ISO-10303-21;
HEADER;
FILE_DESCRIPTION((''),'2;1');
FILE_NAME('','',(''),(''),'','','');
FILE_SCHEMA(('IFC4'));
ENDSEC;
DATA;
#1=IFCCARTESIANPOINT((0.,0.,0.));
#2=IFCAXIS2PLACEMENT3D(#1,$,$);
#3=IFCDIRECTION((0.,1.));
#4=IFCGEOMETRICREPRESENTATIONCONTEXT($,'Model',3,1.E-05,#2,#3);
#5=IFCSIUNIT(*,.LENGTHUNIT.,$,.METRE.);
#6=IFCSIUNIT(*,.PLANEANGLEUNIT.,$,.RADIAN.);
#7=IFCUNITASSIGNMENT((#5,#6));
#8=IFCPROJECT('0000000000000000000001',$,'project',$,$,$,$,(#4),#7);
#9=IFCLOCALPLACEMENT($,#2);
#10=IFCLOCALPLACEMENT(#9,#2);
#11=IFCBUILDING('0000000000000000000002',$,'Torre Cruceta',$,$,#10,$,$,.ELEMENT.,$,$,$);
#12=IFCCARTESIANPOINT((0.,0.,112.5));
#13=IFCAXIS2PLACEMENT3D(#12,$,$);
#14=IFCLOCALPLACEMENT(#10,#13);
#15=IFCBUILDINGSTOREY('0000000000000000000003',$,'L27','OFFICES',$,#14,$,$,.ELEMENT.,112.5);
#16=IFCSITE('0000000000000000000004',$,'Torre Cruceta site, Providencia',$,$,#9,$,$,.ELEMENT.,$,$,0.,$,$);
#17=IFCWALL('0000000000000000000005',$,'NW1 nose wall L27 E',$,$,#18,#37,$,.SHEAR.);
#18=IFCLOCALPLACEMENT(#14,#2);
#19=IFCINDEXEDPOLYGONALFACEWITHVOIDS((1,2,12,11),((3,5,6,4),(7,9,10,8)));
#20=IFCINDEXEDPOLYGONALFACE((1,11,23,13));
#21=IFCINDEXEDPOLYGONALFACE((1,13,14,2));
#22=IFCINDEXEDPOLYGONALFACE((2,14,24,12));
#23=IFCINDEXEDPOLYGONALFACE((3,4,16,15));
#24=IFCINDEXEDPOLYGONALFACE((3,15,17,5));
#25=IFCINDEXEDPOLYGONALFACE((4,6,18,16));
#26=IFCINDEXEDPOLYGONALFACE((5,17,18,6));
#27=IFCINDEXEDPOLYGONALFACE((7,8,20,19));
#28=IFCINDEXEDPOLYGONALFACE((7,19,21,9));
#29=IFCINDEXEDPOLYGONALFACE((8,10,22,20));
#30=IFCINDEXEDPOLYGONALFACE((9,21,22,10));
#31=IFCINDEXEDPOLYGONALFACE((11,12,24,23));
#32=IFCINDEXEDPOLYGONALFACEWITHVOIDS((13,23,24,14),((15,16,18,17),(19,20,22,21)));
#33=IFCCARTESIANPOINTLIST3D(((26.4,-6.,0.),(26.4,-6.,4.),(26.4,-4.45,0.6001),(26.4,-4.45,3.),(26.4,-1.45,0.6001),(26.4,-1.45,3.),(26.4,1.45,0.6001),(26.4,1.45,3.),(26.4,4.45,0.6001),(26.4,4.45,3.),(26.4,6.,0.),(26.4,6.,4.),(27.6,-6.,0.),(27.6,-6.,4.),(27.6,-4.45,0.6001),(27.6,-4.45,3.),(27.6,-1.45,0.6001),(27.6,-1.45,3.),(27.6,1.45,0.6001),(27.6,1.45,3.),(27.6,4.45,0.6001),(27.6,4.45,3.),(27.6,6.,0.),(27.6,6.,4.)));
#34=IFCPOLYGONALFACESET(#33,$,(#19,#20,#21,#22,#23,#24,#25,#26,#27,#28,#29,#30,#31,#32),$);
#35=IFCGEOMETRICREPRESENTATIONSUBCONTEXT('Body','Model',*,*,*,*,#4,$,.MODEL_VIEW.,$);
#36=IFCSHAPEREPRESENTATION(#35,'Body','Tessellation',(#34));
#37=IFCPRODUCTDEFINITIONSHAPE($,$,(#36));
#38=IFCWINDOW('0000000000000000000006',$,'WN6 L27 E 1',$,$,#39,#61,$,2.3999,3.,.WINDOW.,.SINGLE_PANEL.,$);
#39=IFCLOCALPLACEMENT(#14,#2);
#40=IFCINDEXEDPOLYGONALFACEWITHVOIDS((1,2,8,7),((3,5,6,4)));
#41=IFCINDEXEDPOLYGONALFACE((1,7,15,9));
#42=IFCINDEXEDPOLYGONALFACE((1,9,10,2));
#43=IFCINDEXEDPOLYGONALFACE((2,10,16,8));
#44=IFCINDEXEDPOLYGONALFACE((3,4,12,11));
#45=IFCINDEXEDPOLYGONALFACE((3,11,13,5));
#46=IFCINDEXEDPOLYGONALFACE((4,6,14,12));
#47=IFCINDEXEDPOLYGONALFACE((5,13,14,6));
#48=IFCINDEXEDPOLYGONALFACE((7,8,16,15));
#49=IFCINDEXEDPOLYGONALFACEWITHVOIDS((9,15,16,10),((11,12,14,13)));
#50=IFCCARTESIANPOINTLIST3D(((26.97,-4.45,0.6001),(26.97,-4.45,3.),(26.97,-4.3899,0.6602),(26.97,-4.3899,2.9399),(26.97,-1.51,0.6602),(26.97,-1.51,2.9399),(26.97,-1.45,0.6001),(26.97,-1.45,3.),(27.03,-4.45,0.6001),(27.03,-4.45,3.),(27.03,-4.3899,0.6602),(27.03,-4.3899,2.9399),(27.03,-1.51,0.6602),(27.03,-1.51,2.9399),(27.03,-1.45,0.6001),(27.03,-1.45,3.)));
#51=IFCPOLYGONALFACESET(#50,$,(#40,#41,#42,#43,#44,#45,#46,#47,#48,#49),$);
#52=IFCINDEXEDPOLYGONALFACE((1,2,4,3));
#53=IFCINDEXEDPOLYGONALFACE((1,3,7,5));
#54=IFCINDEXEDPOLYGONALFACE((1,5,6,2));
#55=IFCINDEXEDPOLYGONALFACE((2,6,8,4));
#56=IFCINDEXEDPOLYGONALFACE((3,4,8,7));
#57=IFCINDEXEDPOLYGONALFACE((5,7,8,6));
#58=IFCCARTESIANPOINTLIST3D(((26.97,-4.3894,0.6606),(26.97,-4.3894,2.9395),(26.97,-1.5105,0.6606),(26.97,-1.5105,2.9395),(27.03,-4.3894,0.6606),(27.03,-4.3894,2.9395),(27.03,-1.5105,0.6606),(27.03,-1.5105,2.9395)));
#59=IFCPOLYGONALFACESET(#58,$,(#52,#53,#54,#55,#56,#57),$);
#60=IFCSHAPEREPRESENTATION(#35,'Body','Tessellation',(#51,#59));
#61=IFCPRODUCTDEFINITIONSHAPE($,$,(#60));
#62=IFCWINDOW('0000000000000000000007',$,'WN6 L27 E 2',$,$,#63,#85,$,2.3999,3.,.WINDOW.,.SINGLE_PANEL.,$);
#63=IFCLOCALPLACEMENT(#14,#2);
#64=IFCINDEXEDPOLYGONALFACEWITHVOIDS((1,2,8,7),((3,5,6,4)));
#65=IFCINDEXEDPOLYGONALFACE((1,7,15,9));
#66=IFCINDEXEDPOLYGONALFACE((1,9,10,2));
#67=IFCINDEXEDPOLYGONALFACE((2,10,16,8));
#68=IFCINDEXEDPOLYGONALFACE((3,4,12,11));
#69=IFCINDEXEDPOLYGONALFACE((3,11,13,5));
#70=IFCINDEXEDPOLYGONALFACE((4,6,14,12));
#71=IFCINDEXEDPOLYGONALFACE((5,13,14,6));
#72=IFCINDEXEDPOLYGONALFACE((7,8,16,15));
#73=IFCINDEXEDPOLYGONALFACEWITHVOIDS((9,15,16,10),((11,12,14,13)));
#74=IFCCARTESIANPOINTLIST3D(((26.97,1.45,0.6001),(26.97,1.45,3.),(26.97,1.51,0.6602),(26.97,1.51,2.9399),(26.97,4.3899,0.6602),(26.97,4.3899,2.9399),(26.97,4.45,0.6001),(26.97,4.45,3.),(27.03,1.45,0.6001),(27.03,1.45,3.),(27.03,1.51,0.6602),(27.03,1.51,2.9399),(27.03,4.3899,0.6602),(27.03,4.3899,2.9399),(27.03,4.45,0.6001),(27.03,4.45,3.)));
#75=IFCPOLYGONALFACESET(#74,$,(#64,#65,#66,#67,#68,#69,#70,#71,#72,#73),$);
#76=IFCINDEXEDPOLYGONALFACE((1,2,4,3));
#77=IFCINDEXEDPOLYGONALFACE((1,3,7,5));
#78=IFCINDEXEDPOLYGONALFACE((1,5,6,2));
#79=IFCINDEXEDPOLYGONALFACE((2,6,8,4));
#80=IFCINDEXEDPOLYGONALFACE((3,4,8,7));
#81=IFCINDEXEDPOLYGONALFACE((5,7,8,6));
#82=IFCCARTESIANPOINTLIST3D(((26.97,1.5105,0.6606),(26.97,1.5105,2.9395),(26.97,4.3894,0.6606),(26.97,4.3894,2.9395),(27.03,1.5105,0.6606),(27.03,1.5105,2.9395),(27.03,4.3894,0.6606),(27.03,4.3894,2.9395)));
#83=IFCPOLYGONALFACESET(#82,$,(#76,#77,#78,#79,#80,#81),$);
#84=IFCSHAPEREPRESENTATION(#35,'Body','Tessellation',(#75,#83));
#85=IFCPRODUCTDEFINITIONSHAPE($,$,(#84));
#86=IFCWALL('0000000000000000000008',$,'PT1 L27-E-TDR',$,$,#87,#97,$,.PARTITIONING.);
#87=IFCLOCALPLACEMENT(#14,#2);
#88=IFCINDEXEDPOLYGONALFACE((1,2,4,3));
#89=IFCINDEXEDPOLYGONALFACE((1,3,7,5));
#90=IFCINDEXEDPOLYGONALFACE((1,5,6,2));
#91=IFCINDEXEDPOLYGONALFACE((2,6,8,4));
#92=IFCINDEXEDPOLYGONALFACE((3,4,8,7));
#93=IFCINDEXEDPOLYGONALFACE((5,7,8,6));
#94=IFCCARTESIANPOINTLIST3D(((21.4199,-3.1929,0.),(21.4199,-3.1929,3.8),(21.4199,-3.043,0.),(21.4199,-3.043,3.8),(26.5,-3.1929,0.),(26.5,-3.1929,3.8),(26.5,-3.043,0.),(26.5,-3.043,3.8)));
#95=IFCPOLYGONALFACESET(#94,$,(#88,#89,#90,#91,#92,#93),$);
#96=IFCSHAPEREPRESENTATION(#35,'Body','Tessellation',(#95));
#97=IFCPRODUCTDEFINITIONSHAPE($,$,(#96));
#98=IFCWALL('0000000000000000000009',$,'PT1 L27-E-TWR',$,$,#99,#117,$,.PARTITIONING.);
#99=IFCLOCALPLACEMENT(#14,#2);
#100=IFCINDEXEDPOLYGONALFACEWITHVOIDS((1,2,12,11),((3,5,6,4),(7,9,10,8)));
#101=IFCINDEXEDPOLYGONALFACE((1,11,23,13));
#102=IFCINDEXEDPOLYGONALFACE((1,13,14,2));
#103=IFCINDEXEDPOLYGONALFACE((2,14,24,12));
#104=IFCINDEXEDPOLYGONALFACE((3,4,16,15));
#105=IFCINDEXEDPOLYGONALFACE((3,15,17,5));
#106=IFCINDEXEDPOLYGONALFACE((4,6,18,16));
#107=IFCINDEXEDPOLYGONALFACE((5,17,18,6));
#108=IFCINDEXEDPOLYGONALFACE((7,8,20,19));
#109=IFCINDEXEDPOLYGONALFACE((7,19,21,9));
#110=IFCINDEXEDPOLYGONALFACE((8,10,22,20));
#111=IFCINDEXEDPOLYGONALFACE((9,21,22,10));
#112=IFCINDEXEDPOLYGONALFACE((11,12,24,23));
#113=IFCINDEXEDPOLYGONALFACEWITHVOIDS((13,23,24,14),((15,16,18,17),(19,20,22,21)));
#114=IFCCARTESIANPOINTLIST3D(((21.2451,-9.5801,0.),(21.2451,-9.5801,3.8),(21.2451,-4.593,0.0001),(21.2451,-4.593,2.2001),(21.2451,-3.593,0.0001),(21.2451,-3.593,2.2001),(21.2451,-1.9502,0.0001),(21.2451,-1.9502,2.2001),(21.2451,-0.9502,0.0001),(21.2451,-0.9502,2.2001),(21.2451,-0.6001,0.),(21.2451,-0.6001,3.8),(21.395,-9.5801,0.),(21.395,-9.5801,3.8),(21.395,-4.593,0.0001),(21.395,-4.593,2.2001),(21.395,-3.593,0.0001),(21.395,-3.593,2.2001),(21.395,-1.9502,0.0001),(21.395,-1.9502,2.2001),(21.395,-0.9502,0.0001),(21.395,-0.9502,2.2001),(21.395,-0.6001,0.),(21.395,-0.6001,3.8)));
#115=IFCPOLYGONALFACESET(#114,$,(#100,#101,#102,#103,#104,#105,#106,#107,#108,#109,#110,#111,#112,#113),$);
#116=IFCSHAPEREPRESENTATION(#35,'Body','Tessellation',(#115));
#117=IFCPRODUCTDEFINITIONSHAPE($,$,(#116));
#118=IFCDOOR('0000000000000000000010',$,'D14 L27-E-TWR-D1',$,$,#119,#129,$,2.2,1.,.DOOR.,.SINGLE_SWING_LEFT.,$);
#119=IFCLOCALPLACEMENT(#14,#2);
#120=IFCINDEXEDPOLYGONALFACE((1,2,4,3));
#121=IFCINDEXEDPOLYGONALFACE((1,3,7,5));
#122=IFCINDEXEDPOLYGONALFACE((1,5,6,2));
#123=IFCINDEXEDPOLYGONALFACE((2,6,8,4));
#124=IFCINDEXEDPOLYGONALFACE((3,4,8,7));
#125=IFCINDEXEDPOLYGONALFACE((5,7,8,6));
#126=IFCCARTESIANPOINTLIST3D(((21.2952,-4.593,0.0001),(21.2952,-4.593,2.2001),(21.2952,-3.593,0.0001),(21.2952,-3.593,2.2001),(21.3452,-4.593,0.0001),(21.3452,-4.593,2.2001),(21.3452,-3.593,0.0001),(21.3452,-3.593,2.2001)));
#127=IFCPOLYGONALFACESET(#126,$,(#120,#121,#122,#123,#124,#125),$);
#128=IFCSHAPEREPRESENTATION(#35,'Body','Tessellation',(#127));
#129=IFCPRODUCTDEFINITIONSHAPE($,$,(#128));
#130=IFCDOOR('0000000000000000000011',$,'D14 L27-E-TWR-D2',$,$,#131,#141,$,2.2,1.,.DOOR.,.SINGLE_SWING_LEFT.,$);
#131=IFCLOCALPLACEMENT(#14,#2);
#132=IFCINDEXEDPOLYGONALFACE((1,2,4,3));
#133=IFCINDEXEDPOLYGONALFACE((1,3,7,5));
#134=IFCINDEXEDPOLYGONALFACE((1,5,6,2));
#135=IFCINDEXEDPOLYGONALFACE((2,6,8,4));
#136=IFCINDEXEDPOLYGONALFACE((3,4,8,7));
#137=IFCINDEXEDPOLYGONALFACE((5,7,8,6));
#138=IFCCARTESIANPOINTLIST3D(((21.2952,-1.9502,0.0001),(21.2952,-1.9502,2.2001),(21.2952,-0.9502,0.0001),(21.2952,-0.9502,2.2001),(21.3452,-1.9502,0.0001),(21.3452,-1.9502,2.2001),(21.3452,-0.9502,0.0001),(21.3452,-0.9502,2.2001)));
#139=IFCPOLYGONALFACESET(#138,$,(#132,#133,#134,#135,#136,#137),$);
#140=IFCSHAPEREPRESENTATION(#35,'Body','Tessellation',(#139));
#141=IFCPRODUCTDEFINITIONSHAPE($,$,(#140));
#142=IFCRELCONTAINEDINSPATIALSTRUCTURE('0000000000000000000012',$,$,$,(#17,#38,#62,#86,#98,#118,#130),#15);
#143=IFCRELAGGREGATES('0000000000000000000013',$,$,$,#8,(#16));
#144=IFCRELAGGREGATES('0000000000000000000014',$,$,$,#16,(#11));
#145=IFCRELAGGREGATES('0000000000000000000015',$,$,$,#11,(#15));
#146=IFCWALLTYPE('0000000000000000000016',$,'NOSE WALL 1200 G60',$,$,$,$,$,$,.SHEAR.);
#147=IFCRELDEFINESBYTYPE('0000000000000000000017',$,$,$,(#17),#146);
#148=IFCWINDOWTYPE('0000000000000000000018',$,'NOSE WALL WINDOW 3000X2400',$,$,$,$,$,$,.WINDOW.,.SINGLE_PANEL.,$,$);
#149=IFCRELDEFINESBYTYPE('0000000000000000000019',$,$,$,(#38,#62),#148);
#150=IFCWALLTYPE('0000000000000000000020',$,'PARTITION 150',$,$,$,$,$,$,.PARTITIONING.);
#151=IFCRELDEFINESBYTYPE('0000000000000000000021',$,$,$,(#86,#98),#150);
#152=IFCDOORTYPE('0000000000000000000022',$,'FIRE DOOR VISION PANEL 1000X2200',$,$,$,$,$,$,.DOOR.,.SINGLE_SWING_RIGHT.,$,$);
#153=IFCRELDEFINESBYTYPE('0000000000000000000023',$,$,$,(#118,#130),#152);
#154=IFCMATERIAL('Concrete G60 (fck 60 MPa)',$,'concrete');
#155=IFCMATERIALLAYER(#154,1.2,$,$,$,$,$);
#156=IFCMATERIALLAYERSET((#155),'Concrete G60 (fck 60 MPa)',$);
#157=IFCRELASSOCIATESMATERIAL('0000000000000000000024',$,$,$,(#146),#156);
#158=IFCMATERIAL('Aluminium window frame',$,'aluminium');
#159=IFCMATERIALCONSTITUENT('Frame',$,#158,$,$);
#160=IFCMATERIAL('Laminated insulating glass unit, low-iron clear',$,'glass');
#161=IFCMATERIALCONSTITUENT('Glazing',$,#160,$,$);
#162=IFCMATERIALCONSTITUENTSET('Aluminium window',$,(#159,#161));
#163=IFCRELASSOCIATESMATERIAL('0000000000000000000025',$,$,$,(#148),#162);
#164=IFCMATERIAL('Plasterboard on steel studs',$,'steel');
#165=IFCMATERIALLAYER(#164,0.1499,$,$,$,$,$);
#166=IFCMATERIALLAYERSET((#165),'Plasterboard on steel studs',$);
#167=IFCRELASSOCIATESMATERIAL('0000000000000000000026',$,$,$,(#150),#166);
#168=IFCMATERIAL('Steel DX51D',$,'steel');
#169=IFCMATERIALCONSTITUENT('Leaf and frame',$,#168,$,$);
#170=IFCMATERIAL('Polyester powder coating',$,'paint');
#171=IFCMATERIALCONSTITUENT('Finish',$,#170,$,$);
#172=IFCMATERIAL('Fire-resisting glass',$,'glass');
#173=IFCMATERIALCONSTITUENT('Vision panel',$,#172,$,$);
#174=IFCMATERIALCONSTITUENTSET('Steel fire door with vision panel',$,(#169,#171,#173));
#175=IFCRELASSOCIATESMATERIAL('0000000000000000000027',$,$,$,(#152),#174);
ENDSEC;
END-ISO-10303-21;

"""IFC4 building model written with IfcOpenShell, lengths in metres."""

from ifc_helpers import new_model, si_unit, direction, frame, frame_2d, origin, place, context, subcontext, project, spatial, rectangle, hollow_rectangle, extrude, material, layer, layer_set, constituent, constituent_set, type_object, element, fill, save


model = new_model("IFC4")

# Units and contexts
model_context = context("Model", 3, precision=1e-05, world=origin(), true_north=direction((0.0, 1.0)))
body_context = subcontext(model_context, "Body", "Model", "MODEL_VIEW")
ifc_project = project(units=[si_unit("LENGTHUNIT", "METRE"), si_unit("PLANEANGLEUNIT", "RADIAN")], contexts=[model_context])

# Site, building, storey
site_placement = place(None, origin())
site = spatial("IfcSite", under=ifc_project, at=site_placement, Name="Torre Cruceta site, Providencia", CompositionType="ELEMENT", RefElevation=0.0)
building_placement = place(site_placement, origin())
building = spatial("IfcBuilding", under=site, at=building_placement, Name="Torre Cruceta", CompositionType="ELEMENT")
storey_placement = place(building_placement, frame((0.0, 0.0, 112.5)))
storey = spatial("IfcBuildingStorey", under=building, at=storey_placement, Name="L27", Description="OFFICES", CompositionType="ELEMENT", Elevation=112.5)

# Wall, openings, windows
ifc_material_1 = material(Name="Concrete G60 (fck 60 MPa)", Category="concrete")
ifc_layer_1 = layer(ifc_material_1, 1.2)
ifc_layer_set_1 = layer_set([ifc_layer_1], Name="Concrete G60 (fck 60 MPa)")
wall_type_1 = type_object("IfcWallType", Name="NOSE WALL 1200 G60", PredefinedType="SHEAR", material=ifc_layer_set_1)
wall_1_placement = place(storey_placement, frame((27.0, -6.0, 0.0), z_axis=(0.0, 0.0, 1.0), x_axis=(0.0, 1.0, 0.0)))
wall_1 = element("IfcWall", 1, at=wall_1_placement, inside=storey, type_object=wall_type_1, Name="NW1 nose wall L27 E", PredefinedType="SHEAR", context=body_context, shape_type="SweptSolid", body=[
    extrude(rectangle(XDim=12.0, YDim=1.2, at=frame_2d((6.0, 0.0))), origin(), (0.0, 0.0, 1.0), 4.0),
])
opening_1_placement = place(wall_1_placement, frame((1.55, 0.0, 0.6001)))
opening_1 = element("IfcOpeningElement", 2, at=opening_1_placement, cuts=wall_1, PredefinedType="OPENING", context=body_context, shape_type="SweptSolid", body=[
    extrude(rectangle(XDim=3.0, YDim=2.3999, at=frame_2d((1.5, 1.2))), frame((0.0, 0.6099, 0.0), z_axis=(0.0, -1.0, 0.0), x_axis=(1.0, 0.0, 0.0)), (0.0, 0.0, 1.0), 1.22),
])
opening_2_placement = place(wall_1_placement, frame((7.45, 0.0, 0.6001)))
opening_2 = element("IfcOpeningElement", 3, at=opening_2_placement, cuts=wall_1, PredefinedType="OPENING", context=body_context, shape_type="SweptSolid", body=[
    extrude(rectangle(XDim=3.0, YDim=2.3999, at=frame_2d((1.5, 1.2))), frame((0.0, 0.6099, 0.0), z_axis=(0.0, -1.0, 0.0), x_axis=(1.0, 0.0, 0.0)), (0.0, 0.0, 1.0), 1.22),
])
ifc_material_2 = material(Name="Aluminium window frame", Category="aluminium")
ifc_constituent_1 = constituent(ifc_material_2, Name="Frame")
ifc_material_3 = material(Name="Laminated insulating glass unit, low-iron clear", Category="glass")
ifc_constituent_2 = constituent(ifc_material_3, Name="Glazing")
ifc_constituent_set_1 = constituent_set(constituents=[ifc_constituent_1, ifc_constituent_2], Name="Aluminium window")
window_type_1 = type_object("IfcWindowType", Name="NOSE WALL WINDOW 3000X2400", PartitioningType="SINGLE_PANEL", PredefinedType="WINDOW", material=ifc_constituent_set_1)
window_1_placement = place(opening_1_placement, origin())
window_1 = element("IfcWindow", 4, at=window_1_placement, inside=storey, type_object=window_type_1, Name="WN6 L27 E 1", OverallHeight=2.3999, OverallWidth=3.0, PartitioningType="SINGLE_PANEL", PredefinedType="WINDOW", context=body_context, shape_type="SweptSolid", body=[
    extrude(hollow_rectangle(XDim=3.0, YDim=2.3999, WallThickness=0.0601, at=frame_2d((1.5, 1.2))), frame((0.0, 0.03, 0.0), z_axis=(0.0, -1.0, 0.0), x_axis=(1.0, 0.0, 0.0)), (0.0, 0.0, 1.0), 0.0601),
    extrude(rectangle(XDim=2.8789, YDim=2.2788, at=frame_2d((1.5, 1.2))), frame((0.0, 0.03, 0.0), z_axis=(0.0, -1.0, 0.0), x_axis=(1.0, 0.0, 0.0)), (0.0, 0.0, 1.0), 0.0601),
])
fill(opening_1, window_1)
window_2_placement = place(opening_2_placement, origin())
window_2 = element("IfcWindow", 5, at=window_2_placement, inside=storey, type_object=window_type_1, Name="WN6 L27 E 2", OverallHeight=2.3999, OverallWidth=3.0, PartitioningType="SINGLE_PANEL", PredefinedType="WINDOW", context=body_context, shape_type="SweptSolid", body=[
    extrude(hollow_rectangle(XDim=3.0, YDim=2.3999, WallThickness=0.0601, at=frame_2d((1.5, 1.2))), frame((0.0, 0.03, 0.0), z_axis=(0.0, -1.0, 0.0), x_axis=(1.0, 0.0, 0.0)), (0.0, 0.0, 1.0), 0.0601),
    extrude(rectangle(XDim=2.8789, YDim=2.2788, at=frame_2d((1.5, 1.2))), frame((0.0, 0.03, 0.0), z_axis=(0.0, -1.0, 0.0), x_axis=(1.0, 0.0, 0.0)), (0.0, 0.0, 1.0), 0.0601),
])
fill(opening_2, window_2)

# Wall
ifc_material_4 = material(Name="Plasterboard on steel studs", Category="steel")
ifc_layer_2 = layer(ifc_material_4, 0.1499)
ifc_layer_set_2 = layer_set([ifc_layer_2], Name="Plasterboard on steel studs")
wall_type_2 = type_object("IfcWallType", Name="PARTITION 150", PredefinedType="PARTITIONING", material=ifc_layer_set_2)
wall_2_placement = place(storey_placement, frame((21.4199, -3.1179, 0.0), z_axis=(0.0, 0.0, 1.0), x_axis=(1.0, 0.0, 0.0)))
element("IfcWall", 6, at=wall_2_placement, inside=storey, type_object=wall_type_2, Name="PT1 L27-E-TDR", PredefinedType="PARTITIONING", context=body_context, shape_type="SweptSolid", body=[
    extrude(rectangle(XDim=5.0801, YDim=0.1499, at=frame_2d((2.54, 0.0))), origin(), (0.0, 0.0, 1.0), 3.8),
])

# Wall, openings, doors
wall_3_placement = place(storey_placement, frame((21.3201, -9.5801, 0.0), z_axis=(0.0, 0.0, 1.0), x_axis=(0.0, 1.0, 0.0)))
wall_3 = element("IfcWall", 7, at=wall_3_placement, inside=storey, type_object=wall_type_2, Name="PT1 L27-E-TWR", PredefinedType="PARTITIONING", context=body_context, shape_type="SweptSolid", body=[
    extrude(rectangle(XDim=8.98, YDim=0.1499, at=frame_2d((4.49, 0.0))), origin(), (0.0, 0.0, 1.0), 3.8),
])
opening_3_placement = place(wall_3_placement, frame((4.9871, 0.0, 0.0)))
opening_3 = element("IfcOpeningElement", 8, at=opening_3_placement, cuts=wall_3, PredefinedType="OPENING", context=body_context, shape_type="SweptSolid", body=[
    extrude(rectangle(XDim=1.0, YDim=2.2, at=frame_2d((0.5, 1.1001))), frame((0.0, 0.085, 0.0), z_axis=(0.0, -1.0, 0.0), x_axis=(1.0, 0.0, 0.0)), (0.0, 0.0, 1.0), 0.1699),
])
opening_4_placement = place(wall_3_placement, frame((7.6299, 0.0, 0.0)))
opening_4 = element("IfcOpeningElement", 9, at=opening_4_placement, cuts=wall_3, PredefinedType="OPENING", context=body_context, shape_type="SweptSolid", body=[
    extrude(rectangle(XDim=1.0, YDim=2.2, at=frame_2d((0.5, 1.1001))), frame((0.0, 0.085, 0.0), z_axis=(0.0, -1.0, 0.0), x_axis=(1.0, 0.0, 0.0)), (0.0, 0.0, 1.0), 0.1699),
])
ifc_material_5 = material(Name="Steel DX51D", Category="steel")
ifc_constituent_3 = constituent(ifc_material_5, Name="Leaf and frame")
ifc_material_6 = material(Name="Polyester powder coating", Category="paint")
ifc_constituent_4 = constituent(ifc_material_6, Name="Finish")
ifc_material_7 = material(Name="Fire-resisting glass", Category="glass")
ifc_constituent_5 = constituent(ifc_material_7, Name="Vision panel")
ifc_constituent_set_2 = constituent_set(constituents=[ifc_constituent_3, ifc_constituent_4, ifc_constituent_5], Name="Steel fire door with vision panel")
door_type = type_object("IfcDoorType", Name="FIRE DOOR VISION PANEL 1000X2200", OperationType="SINGLE_SWING_RIGHT", PredefinedType="DOOR", material=ifc_constituent_set_2)
door_1_placement = place(opening_3_placement, frame((1.0, 0.0, 0.0), z_axis=(0.0, 0.0, 1.0), x_axis=(-1.0, 0.0, 0.0)))
door_1 = element("IfcDoor", 10, at=door_1_placement, inside=storey, type_object=door_type, Name="D14 L27-E-TWR-D1", OperationType="SINGLE_SWING_LEFT", OverallHeight=2.2, OverallWidth=1.0, PredefinedType="DOOR", context=body_context, shape_type="SweptSolid", body=[
    extrude(rectangle(XDim=1.0, YDim=2.2, at=frame_2d((0.5, 1.1001))), frame((0.0, 0.0251, 0.0), z_axis=(0.0, -1.0, 0.0), x_axis=(1.0, 0.0, 0.0)), (0.0, 0.0, 1.0), 0.05),
])
fill(opening_3, door_1)
door_2_placement = place(opening_4_placement, frame((1.0, 0.0, 0.0), z_axis=(0.0, 0.0, 1.0), x_axis=(-1.0, 0.0, 0.0)))
door_2 = element("IfcDoor", 11, at=door_2_placement, inside=storey, type_object=door_type, Name="D14 L27-E-TWR-D2", OperationType="SINGLE_SWING_LEFT", OverallHeight=2.2, OverallWidth=1.0, PredefinedType="DOOR", context=body_context, shape_type="SweptSolid", body=[
    extrude(rectangle(XDim=1.0, YDim=2.2, at=frame_2d((0.5, 1.1001))), frame((0.0, 0.0251, 0.0), z_axis=(0.0, -1.0, 0.0), x_axis=(1.0, 0.0, 0.0)), (0.0, 0.0, 1.0), 0.05),
])
fill(opening_4, door_2)

save(model, "model.ifc")
